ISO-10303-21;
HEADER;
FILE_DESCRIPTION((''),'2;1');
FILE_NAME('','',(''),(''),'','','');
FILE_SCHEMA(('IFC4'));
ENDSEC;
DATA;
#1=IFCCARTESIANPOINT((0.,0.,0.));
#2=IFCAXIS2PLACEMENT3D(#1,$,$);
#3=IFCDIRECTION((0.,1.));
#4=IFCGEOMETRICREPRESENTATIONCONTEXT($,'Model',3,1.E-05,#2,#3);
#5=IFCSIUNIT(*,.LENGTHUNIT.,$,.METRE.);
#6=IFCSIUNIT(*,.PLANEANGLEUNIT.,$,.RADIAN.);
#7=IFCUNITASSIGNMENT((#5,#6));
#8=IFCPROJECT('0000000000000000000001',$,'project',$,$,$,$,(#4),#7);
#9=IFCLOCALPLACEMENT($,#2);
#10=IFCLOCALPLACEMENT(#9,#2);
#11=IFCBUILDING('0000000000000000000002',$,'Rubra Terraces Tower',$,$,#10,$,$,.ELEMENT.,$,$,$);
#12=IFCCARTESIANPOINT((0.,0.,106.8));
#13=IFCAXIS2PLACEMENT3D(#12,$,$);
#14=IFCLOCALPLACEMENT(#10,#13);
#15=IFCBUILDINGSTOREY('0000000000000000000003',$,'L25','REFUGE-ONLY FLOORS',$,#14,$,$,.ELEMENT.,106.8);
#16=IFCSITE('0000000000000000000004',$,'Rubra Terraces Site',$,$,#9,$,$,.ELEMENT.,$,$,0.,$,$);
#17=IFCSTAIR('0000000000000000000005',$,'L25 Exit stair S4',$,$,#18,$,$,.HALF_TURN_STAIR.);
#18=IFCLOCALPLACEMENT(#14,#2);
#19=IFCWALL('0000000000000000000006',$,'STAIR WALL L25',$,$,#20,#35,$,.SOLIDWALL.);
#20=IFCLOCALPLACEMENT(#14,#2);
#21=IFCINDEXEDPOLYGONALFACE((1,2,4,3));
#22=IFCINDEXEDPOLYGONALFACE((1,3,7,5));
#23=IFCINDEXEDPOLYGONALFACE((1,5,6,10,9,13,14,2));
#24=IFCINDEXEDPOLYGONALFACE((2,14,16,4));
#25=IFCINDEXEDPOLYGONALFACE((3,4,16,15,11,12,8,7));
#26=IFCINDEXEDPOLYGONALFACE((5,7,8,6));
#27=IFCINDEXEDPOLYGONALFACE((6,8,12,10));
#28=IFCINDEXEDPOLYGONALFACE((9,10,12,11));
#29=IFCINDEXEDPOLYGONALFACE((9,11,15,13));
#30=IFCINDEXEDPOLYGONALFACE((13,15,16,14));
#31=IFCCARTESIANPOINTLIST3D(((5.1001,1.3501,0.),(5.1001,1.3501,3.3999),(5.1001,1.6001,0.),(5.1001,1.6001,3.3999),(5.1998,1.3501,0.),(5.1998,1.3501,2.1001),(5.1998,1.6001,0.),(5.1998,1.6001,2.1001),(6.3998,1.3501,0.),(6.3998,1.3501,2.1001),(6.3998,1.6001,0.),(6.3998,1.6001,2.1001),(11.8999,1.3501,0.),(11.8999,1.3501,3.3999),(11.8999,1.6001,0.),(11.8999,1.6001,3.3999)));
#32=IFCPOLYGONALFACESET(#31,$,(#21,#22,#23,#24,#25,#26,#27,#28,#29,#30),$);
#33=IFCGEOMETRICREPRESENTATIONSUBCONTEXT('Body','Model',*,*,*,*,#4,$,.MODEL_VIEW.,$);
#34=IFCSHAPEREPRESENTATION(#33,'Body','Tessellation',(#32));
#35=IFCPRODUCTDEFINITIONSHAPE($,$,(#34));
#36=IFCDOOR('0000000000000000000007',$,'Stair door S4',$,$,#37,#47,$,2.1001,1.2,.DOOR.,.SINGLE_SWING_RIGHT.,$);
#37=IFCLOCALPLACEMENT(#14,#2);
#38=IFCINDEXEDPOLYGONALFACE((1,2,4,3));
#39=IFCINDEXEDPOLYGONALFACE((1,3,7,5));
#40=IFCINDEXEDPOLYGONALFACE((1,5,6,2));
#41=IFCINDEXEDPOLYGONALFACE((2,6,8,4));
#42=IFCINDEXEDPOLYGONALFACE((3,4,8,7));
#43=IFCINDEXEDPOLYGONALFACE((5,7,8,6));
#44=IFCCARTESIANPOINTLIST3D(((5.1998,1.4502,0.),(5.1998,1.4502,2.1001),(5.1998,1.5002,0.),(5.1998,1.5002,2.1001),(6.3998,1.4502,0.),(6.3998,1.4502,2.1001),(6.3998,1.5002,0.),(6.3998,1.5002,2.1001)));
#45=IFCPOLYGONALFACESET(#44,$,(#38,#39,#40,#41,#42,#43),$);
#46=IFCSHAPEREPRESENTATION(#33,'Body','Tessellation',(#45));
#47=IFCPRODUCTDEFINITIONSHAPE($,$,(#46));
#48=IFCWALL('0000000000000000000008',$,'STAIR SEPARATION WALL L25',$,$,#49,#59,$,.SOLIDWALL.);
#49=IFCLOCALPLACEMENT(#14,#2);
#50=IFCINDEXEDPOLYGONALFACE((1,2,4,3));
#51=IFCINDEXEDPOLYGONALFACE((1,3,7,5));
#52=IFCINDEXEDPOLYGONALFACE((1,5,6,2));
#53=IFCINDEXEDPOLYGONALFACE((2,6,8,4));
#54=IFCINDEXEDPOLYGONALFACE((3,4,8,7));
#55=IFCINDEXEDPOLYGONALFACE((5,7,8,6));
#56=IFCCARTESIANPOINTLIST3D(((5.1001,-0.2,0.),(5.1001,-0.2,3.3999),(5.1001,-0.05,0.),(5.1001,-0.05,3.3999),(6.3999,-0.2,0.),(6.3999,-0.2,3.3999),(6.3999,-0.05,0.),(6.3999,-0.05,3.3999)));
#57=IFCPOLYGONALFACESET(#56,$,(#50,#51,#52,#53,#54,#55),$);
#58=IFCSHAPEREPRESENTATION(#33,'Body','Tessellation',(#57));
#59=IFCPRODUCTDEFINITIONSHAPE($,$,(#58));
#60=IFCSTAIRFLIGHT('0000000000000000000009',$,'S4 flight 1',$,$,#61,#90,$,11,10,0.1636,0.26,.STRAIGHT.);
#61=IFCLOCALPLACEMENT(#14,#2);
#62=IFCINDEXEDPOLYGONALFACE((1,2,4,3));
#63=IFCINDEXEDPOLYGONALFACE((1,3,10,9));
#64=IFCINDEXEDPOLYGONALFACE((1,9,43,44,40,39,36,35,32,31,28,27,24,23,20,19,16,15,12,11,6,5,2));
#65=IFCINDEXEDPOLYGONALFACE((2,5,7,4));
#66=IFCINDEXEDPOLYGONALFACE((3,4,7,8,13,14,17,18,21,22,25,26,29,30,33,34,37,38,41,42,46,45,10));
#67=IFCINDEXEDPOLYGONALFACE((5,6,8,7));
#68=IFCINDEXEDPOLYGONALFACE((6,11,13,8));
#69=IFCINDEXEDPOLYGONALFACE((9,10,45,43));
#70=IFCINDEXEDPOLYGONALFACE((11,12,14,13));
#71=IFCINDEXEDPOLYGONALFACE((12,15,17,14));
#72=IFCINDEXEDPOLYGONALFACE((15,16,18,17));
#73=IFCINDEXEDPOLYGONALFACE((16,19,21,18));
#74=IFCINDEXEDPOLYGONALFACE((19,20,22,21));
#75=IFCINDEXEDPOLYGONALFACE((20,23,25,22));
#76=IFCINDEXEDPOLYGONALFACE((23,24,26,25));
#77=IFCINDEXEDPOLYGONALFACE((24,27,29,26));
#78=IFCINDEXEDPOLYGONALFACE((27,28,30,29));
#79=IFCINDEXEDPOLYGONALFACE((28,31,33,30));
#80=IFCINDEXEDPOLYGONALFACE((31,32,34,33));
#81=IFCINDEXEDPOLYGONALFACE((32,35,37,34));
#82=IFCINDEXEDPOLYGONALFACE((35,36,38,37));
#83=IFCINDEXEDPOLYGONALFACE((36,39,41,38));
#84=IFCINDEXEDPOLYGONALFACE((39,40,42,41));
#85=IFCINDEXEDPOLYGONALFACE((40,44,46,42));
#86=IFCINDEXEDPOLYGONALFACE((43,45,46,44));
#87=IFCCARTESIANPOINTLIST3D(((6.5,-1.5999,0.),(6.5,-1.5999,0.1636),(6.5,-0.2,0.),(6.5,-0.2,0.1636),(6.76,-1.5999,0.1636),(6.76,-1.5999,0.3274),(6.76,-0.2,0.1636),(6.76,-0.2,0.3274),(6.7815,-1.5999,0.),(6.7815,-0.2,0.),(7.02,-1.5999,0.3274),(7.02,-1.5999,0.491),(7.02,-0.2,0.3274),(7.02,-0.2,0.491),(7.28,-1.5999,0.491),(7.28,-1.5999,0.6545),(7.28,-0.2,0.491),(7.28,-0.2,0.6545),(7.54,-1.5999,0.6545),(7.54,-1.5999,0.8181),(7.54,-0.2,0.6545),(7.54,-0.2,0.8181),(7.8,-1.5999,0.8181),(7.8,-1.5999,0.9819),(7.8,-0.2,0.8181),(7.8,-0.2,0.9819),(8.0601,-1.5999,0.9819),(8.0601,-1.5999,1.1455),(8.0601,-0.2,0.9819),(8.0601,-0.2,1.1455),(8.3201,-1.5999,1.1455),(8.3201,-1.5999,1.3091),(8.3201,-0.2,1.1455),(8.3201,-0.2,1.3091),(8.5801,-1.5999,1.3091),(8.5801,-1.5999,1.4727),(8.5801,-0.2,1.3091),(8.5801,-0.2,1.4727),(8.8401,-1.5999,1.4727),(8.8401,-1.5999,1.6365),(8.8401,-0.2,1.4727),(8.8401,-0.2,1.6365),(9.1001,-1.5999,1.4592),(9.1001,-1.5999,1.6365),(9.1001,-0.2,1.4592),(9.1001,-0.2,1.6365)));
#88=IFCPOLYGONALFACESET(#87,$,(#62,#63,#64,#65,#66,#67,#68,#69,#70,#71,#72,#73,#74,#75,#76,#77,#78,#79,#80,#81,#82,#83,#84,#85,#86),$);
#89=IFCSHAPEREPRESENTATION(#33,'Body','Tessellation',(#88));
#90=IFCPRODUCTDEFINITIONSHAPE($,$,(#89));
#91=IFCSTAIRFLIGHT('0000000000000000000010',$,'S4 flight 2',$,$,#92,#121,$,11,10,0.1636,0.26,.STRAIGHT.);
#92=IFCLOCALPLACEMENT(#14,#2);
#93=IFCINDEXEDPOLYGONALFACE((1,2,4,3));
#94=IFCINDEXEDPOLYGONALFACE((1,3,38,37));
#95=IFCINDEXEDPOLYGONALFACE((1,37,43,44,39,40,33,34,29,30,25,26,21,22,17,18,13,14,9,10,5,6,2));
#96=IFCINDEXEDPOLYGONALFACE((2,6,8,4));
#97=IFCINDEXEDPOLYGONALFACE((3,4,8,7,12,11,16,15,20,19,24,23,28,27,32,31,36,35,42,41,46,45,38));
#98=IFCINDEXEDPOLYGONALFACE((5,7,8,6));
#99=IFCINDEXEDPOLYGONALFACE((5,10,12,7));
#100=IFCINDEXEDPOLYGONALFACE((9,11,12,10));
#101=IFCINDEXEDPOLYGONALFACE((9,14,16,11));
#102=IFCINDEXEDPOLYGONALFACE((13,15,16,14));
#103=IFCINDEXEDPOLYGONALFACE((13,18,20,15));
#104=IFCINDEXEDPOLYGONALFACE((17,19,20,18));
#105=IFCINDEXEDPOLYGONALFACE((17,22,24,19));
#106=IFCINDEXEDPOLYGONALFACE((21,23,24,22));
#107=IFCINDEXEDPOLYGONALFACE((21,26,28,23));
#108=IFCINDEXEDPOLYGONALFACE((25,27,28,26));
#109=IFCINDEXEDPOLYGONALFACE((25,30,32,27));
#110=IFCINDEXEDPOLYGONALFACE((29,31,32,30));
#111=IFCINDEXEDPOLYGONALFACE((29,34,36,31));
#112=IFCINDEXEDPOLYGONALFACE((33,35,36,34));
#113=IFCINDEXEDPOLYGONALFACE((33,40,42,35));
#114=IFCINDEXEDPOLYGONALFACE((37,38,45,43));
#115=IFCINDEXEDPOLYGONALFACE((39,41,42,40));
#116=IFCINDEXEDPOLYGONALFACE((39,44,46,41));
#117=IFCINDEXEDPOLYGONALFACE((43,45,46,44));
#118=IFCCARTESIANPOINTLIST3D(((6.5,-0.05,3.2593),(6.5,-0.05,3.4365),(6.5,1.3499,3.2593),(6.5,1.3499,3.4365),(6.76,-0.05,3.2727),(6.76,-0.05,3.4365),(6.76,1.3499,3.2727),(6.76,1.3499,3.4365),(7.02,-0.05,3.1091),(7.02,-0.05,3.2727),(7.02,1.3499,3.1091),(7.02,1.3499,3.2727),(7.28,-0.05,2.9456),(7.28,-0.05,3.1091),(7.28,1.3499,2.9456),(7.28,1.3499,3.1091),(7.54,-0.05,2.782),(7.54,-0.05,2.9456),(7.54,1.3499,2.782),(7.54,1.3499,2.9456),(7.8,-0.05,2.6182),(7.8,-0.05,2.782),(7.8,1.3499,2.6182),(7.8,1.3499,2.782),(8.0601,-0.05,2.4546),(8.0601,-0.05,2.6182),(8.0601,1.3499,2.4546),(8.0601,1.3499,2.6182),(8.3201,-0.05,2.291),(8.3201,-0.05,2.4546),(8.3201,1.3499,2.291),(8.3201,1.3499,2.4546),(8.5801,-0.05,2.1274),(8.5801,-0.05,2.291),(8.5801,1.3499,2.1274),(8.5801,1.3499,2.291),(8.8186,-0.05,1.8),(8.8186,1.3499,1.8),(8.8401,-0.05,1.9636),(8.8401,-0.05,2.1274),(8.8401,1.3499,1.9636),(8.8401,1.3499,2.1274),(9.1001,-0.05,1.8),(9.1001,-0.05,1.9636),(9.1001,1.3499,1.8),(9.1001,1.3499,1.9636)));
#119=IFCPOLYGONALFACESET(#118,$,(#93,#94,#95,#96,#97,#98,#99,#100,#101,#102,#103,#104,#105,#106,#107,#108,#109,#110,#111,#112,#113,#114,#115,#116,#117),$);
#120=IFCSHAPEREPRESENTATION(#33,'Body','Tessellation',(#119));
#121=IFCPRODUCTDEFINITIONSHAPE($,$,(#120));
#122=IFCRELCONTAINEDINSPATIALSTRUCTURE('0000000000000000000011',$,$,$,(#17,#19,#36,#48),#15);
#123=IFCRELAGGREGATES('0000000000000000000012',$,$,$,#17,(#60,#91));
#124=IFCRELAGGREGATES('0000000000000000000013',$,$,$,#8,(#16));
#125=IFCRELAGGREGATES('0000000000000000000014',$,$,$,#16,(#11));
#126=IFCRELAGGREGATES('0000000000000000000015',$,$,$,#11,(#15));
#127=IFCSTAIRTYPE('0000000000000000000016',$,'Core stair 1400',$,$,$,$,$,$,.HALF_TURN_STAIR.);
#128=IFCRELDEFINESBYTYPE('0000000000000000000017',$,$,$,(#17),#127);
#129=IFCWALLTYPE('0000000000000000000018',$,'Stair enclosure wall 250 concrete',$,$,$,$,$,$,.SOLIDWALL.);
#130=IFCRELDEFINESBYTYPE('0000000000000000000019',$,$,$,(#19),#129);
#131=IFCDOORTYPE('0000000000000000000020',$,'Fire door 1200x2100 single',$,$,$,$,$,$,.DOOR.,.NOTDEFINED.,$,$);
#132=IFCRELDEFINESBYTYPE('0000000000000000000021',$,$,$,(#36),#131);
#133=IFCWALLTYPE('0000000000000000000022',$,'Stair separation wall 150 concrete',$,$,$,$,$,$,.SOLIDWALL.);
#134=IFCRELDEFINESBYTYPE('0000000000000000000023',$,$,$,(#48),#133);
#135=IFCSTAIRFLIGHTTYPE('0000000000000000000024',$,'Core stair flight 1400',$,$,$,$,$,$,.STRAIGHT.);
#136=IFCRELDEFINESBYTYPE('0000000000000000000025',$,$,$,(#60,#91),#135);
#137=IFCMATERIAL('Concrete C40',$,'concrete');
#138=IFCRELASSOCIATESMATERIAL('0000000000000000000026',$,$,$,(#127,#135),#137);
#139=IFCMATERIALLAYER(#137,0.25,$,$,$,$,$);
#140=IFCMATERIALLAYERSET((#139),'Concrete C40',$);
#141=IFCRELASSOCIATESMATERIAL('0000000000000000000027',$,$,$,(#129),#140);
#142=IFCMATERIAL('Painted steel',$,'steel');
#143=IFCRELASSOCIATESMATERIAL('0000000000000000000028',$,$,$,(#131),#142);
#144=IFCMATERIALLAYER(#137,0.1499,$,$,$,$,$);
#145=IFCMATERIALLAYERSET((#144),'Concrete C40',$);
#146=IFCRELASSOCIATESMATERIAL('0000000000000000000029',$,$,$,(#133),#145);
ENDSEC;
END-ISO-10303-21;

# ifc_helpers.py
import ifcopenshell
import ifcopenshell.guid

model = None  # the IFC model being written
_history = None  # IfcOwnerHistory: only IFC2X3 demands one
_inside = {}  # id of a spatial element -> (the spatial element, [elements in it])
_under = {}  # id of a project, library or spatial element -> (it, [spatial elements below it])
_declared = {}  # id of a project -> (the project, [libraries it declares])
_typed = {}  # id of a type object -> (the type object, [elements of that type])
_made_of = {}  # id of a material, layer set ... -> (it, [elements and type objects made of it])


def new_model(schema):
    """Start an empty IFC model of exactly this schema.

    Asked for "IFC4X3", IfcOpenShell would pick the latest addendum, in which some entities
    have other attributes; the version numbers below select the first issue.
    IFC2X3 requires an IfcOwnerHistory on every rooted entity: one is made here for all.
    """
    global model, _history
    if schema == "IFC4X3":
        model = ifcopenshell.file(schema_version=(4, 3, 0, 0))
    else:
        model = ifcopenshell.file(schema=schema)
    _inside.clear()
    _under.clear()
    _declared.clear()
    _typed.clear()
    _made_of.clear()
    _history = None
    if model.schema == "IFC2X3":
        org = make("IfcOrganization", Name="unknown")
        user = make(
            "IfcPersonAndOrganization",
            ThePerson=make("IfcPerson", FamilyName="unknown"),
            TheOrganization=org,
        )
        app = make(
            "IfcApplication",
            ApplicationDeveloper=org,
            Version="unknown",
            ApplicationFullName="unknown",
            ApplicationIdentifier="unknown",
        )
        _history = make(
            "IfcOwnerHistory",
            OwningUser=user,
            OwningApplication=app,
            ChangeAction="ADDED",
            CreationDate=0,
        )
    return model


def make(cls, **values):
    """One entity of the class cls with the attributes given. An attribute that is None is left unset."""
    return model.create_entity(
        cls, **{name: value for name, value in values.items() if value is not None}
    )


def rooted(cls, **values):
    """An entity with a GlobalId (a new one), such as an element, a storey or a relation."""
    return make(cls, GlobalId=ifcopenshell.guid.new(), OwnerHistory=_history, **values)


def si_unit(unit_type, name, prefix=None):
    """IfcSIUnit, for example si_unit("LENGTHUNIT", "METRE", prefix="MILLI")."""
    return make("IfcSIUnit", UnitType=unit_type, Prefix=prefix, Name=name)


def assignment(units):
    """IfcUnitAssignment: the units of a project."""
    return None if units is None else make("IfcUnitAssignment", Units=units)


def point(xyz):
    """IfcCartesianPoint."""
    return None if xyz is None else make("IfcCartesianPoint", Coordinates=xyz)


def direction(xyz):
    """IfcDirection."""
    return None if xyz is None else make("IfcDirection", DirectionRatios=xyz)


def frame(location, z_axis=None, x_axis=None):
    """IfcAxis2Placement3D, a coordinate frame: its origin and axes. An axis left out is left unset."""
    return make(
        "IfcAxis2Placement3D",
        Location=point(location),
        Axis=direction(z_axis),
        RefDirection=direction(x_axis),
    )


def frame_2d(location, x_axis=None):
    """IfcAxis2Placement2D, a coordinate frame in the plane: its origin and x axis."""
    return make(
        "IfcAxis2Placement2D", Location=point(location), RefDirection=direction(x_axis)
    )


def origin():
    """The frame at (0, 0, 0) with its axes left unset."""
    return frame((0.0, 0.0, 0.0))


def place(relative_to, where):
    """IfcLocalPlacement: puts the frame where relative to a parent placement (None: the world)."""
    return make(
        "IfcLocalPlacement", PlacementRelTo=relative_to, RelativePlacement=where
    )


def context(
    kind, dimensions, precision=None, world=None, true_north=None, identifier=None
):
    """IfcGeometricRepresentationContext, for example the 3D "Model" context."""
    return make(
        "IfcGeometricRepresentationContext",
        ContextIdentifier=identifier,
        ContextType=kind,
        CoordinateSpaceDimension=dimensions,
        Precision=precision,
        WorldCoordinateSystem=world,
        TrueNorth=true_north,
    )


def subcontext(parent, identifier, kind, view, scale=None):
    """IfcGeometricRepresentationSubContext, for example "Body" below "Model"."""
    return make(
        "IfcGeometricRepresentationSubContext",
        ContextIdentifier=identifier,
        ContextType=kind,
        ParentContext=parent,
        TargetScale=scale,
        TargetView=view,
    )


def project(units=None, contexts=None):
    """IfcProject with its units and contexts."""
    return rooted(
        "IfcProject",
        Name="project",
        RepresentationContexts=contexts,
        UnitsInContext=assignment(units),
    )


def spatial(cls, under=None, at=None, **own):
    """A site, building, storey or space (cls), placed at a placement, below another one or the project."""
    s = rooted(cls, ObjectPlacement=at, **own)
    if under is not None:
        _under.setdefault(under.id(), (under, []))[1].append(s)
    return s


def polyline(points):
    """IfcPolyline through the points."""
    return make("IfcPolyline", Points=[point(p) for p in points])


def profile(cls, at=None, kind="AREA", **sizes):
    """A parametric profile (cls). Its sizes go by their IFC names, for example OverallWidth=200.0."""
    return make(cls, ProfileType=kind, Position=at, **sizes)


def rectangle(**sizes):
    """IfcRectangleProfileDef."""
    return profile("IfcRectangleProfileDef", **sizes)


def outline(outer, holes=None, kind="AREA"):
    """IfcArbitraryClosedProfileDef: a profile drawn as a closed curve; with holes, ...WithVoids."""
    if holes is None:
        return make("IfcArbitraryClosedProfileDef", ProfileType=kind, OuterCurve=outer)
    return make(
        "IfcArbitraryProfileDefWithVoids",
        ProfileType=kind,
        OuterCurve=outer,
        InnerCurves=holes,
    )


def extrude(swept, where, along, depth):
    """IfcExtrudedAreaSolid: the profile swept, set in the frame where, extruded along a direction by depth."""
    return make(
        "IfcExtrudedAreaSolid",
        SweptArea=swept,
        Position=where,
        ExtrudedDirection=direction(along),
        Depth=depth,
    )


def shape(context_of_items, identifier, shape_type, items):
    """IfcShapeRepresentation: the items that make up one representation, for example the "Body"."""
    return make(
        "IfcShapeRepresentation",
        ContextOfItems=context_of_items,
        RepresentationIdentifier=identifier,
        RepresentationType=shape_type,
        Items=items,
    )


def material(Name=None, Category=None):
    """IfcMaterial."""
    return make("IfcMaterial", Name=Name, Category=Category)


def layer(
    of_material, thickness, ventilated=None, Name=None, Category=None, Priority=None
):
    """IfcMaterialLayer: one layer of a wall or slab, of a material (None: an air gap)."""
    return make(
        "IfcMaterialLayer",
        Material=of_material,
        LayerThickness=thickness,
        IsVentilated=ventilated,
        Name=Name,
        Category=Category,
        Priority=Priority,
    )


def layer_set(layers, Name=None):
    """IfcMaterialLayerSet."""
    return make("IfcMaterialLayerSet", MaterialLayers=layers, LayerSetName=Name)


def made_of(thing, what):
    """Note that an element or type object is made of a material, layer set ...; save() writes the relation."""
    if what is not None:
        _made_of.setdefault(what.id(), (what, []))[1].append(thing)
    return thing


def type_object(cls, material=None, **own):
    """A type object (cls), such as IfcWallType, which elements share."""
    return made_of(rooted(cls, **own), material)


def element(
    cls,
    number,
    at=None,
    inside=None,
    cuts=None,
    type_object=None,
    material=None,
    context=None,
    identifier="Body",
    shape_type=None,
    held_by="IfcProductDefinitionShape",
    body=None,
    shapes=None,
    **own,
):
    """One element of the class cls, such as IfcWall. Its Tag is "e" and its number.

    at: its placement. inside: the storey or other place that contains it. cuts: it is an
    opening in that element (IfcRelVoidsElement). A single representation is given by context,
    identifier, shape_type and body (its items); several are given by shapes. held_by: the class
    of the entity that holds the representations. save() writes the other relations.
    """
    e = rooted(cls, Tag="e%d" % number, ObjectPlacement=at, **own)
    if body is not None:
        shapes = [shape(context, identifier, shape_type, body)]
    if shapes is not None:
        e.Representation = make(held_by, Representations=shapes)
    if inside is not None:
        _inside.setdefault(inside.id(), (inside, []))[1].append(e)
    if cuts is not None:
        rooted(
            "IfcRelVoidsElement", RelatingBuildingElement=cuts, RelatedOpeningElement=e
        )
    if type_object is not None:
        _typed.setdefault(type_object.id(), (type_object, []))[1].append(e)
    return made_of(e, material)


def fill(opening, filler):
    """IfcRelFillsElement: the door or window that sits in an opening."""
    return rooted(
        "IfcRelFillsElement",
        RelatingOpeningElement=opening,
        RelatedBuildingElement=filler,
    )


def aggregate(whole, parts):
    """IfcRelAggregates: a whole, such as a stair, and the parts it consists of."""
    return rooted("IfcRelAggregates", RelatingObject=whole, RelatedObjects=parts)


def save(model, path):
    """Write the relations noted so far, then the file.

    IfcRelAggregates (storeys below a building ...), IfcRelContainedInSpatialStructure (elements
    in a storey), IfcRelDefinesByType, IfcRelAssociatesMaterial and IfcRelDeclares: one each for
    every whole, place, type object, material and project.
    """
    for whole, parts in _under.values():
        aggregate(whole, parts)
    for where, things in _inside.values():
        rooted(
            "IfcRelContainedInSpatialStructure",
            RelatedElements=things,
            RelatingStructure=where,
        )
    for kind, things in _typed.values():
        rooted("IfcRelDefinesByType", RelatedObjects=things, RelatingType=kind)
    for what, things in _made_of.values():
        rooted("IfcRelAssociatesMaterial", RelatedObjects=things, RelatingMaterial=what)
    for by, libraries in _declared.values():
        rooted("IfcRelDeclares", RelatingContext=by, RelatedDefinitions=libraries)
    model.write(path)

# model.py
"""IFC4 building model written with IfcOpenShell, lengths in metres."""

from ifc_helpers import new_model, si_unit, direction, frame, frame_2d, origin, place, context, subcontext, project, spatial, polyline, rectangle, outline, extrude, material, layer, layer_set, type_object, element, fill, aggregate, save


model = new_model("IFC4")

# Units and contexts
model_context = context("Model", 3, precision=1e-05, world=origin(), true_north=direction((0.0, 1.0)))
body_context = subcontext(model_context, "Body", "Model", "MODEL_VIEW")
ifc_project = project(units=[si_unit("LENGTHUNIT", "METRE"), si_unit("PLANEANGLEUNIT", "RADIAN")], contexts=[model_context])

# Site, building, storey
site_placement = place(None, origin())
site = spatial("IfcSite", under=ifc_project, at=site_placement, Name="Rubra Terraces Site", CompositionType="ELEMENT", RefElevation=0.0)
building_placement = place(site_placement, origin())
building = spatial("IfcBuilding", under=site, at=building_placement, Name="Rubra Terraces Tower", CompositionType="ELEMENT")
storey_placement = place(building_placement, frame((0.0, 0.0, 106.8)))
storey = spatial("IfcBuildingStorey", under=building, at=storey_placement, Name="L25", Description="REFUGE-ONLY FLOORS", CompositionType="ELEMENT", Elevation=106.8)

# Stair
ifc_material_1 = material(Name="Concrete C40", Category="concrete")
stair_type = type_object("IfcStairType", Name="Core stair 1400", PredefinedType="HALF_TURN_STAIR", material=ifc_material_1)
stair_1_placement = place(storey_placement, origin())
stair_1 = element("IfcStair", 1, at=stair_1_placement, inside=storey, type_object=stair_type, Name="L25 Exit stair S4", PredefinedType="HALF_TURN_STAIR")

# Shared definitions
ifc_material_2 = material(Name="Painted steel", Category="steel")

# Wall, opening, door
ifc_layer_1 = layer(ifc_material_1, 0.25)
ifc_layer_set_1 = layer_set([ifc_layer_1], Name="Concrete C40")
wall_type_1 = type_object("IfcWallType", Name="Stair enclosure wall 250 concrete", PredefinedType="SOLIDWALL", material=ifc_layer_set_1)
wall_1_placement = place(storey_placement, frame((11.8999, 1.4751, 0.0), z_axis=(0.0, 0.0, 1.0), x_axis=(-1.0, 0.0, 0.0)))
wall_1 = element("IfcWall", 2, at=wall_1_placement, inside=storey, type_object=wall_type_1, Name="STAIR WALL L25", PredefinedType="SOLIDWALL", context=body_context, shape_type="SweptSolid", body=[
    extrude(rectangle(XDim=6.7998, YDim=0.25, at=frame_2d((3.3999, 0.0))), origin(), (0.0, 0.0, 1.0), 3.3999),
])
opening_1_placement = place(wall_1_placement, frame((5.5, 0.0, 0.0)))
opening_1 = element("IfcOpeningElement", 3, at=opening_1_placement, cuts=wall_1, PredefinedType="OPENING", context=body_context, shape_type="SweptSolid", body=[
    extrude(rectangle(XDim=1.2, YDim=2.1001, at=frame_2d((0.6001, 1.05))), frame((0.0, 0.135, 0.0), z_axis=(0.0, -1.0, 0.0), x_axis=(1.0, 0.0, 0.0)), (0.0, 0.0, 1.0), 0.27),
])
door_type_1 = type_object("IfcDoorType", Name="Fire door 1200x2100 single", OperationType="NOTDEFINED", PredefinedType="DOOR", material=ifc_material_2)
door_1_placement = place(opening_1_placement, origin())
door_1 = element("IfcDoor", 4, at=door_1_placement, inside=storey, type_object=door_type_1, Name="Stair door S4", OperationType="SINGLE_SWING_RIGHT", OverallHeight=2.1001, OverallWidth=1.2, PredefinedType="DOOR", context=body_context, shape_type="SweptSolid", body=[
    extrude(rectangle(XDim=1.2, YDim=2.1001, at=frame_2d((0.6001, 1.05))), frame((0.0, 0.0249, 0.0), z_axis=(0.0, -1.0, 0.0), x_axis=(1.0, 0.0, 0.0)), (0.0, 0.0, 1.0), 0.05),
])
fill(opening_1, door_1)

# Wall
ifc_layer_2 = layer(ifc_material_1, 0.1499)
ifc_layer_set_2 = layer_set([ifc_layer_2], Name="Concrete C40")
wall_type_2 = type_object("IfcWallType", Name="Stair separation wall 150 concrete", PredefinedType="SOLIDWALL", material=ifc_layer_set_2)
wall_2_placement = place(storey_placement, frame((6.3999, -0.125, 0.0), z_axis=(0.0, 0.0, 1.0), x_axis=(-1.0, 0.0, 0.0)))
element("IfcWall", 5, at=wall_2_placement, inside=storey, type_object=wall_type_2, Name="STAIR SEPARATION WALL L25", PredefinedType="SOLIDWALL", context=body_context, shape_type="SweptSolid", body=[
    extrude(rectangle(XDim=1.2998, YDim=0.1499, at=frame_2d((0.6499, 0.0))), origin(), (0.0, 0.0, 1.0), 3.3999),
])

# Stair flights
stair_flight_type = type_object("IfcStairFlightType", Name="Core stair flight 1400", PredefinedType="STRAIGHT", material=ifc_material_1)
stair_flight_1_placement = place(storey_placement, frame((6.5, -0.8999, 0.0), z_axis=(0.0, 0.0, 1.0), x_axis=(1.0, 0.0, 0.0)))
stair_flight_1 = element("IfcStairFlight", 6, at=stair_flight_1_placement, type_object=stair_flight_type, Name="S4 flight 1", NumberOfRisers=11, NumberOfTreads=10, PredefinedType="STRAIGHT", RiserHeight=0.1636, TreadLength=0.26, context=body_context, shape_type="SweptSolid", body=[
    extrude(outline(polyline([(0.0, 0.0), (0.0, 0.1636), (0.26, 0.1636), (0.26, 0.3274), (0.52, 0.3274), (0.52, 0.491), (0.78, 0.491), (0.78, 0.6545), (1.04, 0.6545), (1.04, 0.8181), (1.3, 0.8181), (1.3, 0.9819), (1.5601, 0.9819), (1.5601, 1.1455), (1.8201, 1.1455), (1.8201, 1.3091), (2.0801, 1.3091), (2.0801, 1.4727), (2.3401, 1.4727), (2.3401, 1.6365), (2.6001, 1.6365), (2.6001, 1.8), (2.6001, 1.4592), (0.2815, 0.0), (0.0, 0.0)])), frame((0.0, 0.7, 0.0), z_axis=(0.0, -1.0, 0.0), x_axis=(1.0, 0.0, 0.0)), (0.0, 0.0, 1.0), 1.3999),
])
stair_flight_2_placement = place(storey_placement, frame((9.1001, 0.6499, 1.8), z_axis=(0.0, 0.0, 1.0), x_axis=(-1.0, 0.0, 0.0)))
stair_flight_2 = element("IfcStairFlight", 7, at=stair_flight_2_placement, type_object=stair_flight_type, Name="S4 flight 2", NumberOfRisers=11, NumberOfTreads=10, PredefinedType="STRAIGHT", RiserHeight=0.1636, TreadLength=0.26, context=body_context, shape_type="SweptSolid", body=[
    extrude(outline(polyline([(0.0, 0.0), (0.0, 0.1636), (0.26, 0.1636), (0.26, 0.3274), (0.52, 0.3274), (0.52, 0.491), (0.78, 0.491), (0.78, 0.6545), (1.04, 0.6545), (1.04, 0.8181), (1.3, 0.8181), (1.3, 0.9819), (1.5601, 0.9819), (1.5601, 1.1455), (1.8201, 1.1455), (1.8201, 1.3091), (2.0801, 1.3091), (2.0801, 1.4727), (2.3401, 1.4727), (2.3401, 1.6365), (2.6001, 1.6365), (2.6001, 1.8), (2.6001, 1.4592), (0.2815, 0.0), (0.0, 0.0)])), frame((0.0, 0.7, 0.0), z_axis=(0.0, -1.0, 0.0), x_axis=(1.0, 0.0, 0.0)), (0.0, 0.0, 1.0), 1.3999),
])
aggregate(stair_1, [stair_flight_1, stair_flight_2])

save(model, "model.ifc")
